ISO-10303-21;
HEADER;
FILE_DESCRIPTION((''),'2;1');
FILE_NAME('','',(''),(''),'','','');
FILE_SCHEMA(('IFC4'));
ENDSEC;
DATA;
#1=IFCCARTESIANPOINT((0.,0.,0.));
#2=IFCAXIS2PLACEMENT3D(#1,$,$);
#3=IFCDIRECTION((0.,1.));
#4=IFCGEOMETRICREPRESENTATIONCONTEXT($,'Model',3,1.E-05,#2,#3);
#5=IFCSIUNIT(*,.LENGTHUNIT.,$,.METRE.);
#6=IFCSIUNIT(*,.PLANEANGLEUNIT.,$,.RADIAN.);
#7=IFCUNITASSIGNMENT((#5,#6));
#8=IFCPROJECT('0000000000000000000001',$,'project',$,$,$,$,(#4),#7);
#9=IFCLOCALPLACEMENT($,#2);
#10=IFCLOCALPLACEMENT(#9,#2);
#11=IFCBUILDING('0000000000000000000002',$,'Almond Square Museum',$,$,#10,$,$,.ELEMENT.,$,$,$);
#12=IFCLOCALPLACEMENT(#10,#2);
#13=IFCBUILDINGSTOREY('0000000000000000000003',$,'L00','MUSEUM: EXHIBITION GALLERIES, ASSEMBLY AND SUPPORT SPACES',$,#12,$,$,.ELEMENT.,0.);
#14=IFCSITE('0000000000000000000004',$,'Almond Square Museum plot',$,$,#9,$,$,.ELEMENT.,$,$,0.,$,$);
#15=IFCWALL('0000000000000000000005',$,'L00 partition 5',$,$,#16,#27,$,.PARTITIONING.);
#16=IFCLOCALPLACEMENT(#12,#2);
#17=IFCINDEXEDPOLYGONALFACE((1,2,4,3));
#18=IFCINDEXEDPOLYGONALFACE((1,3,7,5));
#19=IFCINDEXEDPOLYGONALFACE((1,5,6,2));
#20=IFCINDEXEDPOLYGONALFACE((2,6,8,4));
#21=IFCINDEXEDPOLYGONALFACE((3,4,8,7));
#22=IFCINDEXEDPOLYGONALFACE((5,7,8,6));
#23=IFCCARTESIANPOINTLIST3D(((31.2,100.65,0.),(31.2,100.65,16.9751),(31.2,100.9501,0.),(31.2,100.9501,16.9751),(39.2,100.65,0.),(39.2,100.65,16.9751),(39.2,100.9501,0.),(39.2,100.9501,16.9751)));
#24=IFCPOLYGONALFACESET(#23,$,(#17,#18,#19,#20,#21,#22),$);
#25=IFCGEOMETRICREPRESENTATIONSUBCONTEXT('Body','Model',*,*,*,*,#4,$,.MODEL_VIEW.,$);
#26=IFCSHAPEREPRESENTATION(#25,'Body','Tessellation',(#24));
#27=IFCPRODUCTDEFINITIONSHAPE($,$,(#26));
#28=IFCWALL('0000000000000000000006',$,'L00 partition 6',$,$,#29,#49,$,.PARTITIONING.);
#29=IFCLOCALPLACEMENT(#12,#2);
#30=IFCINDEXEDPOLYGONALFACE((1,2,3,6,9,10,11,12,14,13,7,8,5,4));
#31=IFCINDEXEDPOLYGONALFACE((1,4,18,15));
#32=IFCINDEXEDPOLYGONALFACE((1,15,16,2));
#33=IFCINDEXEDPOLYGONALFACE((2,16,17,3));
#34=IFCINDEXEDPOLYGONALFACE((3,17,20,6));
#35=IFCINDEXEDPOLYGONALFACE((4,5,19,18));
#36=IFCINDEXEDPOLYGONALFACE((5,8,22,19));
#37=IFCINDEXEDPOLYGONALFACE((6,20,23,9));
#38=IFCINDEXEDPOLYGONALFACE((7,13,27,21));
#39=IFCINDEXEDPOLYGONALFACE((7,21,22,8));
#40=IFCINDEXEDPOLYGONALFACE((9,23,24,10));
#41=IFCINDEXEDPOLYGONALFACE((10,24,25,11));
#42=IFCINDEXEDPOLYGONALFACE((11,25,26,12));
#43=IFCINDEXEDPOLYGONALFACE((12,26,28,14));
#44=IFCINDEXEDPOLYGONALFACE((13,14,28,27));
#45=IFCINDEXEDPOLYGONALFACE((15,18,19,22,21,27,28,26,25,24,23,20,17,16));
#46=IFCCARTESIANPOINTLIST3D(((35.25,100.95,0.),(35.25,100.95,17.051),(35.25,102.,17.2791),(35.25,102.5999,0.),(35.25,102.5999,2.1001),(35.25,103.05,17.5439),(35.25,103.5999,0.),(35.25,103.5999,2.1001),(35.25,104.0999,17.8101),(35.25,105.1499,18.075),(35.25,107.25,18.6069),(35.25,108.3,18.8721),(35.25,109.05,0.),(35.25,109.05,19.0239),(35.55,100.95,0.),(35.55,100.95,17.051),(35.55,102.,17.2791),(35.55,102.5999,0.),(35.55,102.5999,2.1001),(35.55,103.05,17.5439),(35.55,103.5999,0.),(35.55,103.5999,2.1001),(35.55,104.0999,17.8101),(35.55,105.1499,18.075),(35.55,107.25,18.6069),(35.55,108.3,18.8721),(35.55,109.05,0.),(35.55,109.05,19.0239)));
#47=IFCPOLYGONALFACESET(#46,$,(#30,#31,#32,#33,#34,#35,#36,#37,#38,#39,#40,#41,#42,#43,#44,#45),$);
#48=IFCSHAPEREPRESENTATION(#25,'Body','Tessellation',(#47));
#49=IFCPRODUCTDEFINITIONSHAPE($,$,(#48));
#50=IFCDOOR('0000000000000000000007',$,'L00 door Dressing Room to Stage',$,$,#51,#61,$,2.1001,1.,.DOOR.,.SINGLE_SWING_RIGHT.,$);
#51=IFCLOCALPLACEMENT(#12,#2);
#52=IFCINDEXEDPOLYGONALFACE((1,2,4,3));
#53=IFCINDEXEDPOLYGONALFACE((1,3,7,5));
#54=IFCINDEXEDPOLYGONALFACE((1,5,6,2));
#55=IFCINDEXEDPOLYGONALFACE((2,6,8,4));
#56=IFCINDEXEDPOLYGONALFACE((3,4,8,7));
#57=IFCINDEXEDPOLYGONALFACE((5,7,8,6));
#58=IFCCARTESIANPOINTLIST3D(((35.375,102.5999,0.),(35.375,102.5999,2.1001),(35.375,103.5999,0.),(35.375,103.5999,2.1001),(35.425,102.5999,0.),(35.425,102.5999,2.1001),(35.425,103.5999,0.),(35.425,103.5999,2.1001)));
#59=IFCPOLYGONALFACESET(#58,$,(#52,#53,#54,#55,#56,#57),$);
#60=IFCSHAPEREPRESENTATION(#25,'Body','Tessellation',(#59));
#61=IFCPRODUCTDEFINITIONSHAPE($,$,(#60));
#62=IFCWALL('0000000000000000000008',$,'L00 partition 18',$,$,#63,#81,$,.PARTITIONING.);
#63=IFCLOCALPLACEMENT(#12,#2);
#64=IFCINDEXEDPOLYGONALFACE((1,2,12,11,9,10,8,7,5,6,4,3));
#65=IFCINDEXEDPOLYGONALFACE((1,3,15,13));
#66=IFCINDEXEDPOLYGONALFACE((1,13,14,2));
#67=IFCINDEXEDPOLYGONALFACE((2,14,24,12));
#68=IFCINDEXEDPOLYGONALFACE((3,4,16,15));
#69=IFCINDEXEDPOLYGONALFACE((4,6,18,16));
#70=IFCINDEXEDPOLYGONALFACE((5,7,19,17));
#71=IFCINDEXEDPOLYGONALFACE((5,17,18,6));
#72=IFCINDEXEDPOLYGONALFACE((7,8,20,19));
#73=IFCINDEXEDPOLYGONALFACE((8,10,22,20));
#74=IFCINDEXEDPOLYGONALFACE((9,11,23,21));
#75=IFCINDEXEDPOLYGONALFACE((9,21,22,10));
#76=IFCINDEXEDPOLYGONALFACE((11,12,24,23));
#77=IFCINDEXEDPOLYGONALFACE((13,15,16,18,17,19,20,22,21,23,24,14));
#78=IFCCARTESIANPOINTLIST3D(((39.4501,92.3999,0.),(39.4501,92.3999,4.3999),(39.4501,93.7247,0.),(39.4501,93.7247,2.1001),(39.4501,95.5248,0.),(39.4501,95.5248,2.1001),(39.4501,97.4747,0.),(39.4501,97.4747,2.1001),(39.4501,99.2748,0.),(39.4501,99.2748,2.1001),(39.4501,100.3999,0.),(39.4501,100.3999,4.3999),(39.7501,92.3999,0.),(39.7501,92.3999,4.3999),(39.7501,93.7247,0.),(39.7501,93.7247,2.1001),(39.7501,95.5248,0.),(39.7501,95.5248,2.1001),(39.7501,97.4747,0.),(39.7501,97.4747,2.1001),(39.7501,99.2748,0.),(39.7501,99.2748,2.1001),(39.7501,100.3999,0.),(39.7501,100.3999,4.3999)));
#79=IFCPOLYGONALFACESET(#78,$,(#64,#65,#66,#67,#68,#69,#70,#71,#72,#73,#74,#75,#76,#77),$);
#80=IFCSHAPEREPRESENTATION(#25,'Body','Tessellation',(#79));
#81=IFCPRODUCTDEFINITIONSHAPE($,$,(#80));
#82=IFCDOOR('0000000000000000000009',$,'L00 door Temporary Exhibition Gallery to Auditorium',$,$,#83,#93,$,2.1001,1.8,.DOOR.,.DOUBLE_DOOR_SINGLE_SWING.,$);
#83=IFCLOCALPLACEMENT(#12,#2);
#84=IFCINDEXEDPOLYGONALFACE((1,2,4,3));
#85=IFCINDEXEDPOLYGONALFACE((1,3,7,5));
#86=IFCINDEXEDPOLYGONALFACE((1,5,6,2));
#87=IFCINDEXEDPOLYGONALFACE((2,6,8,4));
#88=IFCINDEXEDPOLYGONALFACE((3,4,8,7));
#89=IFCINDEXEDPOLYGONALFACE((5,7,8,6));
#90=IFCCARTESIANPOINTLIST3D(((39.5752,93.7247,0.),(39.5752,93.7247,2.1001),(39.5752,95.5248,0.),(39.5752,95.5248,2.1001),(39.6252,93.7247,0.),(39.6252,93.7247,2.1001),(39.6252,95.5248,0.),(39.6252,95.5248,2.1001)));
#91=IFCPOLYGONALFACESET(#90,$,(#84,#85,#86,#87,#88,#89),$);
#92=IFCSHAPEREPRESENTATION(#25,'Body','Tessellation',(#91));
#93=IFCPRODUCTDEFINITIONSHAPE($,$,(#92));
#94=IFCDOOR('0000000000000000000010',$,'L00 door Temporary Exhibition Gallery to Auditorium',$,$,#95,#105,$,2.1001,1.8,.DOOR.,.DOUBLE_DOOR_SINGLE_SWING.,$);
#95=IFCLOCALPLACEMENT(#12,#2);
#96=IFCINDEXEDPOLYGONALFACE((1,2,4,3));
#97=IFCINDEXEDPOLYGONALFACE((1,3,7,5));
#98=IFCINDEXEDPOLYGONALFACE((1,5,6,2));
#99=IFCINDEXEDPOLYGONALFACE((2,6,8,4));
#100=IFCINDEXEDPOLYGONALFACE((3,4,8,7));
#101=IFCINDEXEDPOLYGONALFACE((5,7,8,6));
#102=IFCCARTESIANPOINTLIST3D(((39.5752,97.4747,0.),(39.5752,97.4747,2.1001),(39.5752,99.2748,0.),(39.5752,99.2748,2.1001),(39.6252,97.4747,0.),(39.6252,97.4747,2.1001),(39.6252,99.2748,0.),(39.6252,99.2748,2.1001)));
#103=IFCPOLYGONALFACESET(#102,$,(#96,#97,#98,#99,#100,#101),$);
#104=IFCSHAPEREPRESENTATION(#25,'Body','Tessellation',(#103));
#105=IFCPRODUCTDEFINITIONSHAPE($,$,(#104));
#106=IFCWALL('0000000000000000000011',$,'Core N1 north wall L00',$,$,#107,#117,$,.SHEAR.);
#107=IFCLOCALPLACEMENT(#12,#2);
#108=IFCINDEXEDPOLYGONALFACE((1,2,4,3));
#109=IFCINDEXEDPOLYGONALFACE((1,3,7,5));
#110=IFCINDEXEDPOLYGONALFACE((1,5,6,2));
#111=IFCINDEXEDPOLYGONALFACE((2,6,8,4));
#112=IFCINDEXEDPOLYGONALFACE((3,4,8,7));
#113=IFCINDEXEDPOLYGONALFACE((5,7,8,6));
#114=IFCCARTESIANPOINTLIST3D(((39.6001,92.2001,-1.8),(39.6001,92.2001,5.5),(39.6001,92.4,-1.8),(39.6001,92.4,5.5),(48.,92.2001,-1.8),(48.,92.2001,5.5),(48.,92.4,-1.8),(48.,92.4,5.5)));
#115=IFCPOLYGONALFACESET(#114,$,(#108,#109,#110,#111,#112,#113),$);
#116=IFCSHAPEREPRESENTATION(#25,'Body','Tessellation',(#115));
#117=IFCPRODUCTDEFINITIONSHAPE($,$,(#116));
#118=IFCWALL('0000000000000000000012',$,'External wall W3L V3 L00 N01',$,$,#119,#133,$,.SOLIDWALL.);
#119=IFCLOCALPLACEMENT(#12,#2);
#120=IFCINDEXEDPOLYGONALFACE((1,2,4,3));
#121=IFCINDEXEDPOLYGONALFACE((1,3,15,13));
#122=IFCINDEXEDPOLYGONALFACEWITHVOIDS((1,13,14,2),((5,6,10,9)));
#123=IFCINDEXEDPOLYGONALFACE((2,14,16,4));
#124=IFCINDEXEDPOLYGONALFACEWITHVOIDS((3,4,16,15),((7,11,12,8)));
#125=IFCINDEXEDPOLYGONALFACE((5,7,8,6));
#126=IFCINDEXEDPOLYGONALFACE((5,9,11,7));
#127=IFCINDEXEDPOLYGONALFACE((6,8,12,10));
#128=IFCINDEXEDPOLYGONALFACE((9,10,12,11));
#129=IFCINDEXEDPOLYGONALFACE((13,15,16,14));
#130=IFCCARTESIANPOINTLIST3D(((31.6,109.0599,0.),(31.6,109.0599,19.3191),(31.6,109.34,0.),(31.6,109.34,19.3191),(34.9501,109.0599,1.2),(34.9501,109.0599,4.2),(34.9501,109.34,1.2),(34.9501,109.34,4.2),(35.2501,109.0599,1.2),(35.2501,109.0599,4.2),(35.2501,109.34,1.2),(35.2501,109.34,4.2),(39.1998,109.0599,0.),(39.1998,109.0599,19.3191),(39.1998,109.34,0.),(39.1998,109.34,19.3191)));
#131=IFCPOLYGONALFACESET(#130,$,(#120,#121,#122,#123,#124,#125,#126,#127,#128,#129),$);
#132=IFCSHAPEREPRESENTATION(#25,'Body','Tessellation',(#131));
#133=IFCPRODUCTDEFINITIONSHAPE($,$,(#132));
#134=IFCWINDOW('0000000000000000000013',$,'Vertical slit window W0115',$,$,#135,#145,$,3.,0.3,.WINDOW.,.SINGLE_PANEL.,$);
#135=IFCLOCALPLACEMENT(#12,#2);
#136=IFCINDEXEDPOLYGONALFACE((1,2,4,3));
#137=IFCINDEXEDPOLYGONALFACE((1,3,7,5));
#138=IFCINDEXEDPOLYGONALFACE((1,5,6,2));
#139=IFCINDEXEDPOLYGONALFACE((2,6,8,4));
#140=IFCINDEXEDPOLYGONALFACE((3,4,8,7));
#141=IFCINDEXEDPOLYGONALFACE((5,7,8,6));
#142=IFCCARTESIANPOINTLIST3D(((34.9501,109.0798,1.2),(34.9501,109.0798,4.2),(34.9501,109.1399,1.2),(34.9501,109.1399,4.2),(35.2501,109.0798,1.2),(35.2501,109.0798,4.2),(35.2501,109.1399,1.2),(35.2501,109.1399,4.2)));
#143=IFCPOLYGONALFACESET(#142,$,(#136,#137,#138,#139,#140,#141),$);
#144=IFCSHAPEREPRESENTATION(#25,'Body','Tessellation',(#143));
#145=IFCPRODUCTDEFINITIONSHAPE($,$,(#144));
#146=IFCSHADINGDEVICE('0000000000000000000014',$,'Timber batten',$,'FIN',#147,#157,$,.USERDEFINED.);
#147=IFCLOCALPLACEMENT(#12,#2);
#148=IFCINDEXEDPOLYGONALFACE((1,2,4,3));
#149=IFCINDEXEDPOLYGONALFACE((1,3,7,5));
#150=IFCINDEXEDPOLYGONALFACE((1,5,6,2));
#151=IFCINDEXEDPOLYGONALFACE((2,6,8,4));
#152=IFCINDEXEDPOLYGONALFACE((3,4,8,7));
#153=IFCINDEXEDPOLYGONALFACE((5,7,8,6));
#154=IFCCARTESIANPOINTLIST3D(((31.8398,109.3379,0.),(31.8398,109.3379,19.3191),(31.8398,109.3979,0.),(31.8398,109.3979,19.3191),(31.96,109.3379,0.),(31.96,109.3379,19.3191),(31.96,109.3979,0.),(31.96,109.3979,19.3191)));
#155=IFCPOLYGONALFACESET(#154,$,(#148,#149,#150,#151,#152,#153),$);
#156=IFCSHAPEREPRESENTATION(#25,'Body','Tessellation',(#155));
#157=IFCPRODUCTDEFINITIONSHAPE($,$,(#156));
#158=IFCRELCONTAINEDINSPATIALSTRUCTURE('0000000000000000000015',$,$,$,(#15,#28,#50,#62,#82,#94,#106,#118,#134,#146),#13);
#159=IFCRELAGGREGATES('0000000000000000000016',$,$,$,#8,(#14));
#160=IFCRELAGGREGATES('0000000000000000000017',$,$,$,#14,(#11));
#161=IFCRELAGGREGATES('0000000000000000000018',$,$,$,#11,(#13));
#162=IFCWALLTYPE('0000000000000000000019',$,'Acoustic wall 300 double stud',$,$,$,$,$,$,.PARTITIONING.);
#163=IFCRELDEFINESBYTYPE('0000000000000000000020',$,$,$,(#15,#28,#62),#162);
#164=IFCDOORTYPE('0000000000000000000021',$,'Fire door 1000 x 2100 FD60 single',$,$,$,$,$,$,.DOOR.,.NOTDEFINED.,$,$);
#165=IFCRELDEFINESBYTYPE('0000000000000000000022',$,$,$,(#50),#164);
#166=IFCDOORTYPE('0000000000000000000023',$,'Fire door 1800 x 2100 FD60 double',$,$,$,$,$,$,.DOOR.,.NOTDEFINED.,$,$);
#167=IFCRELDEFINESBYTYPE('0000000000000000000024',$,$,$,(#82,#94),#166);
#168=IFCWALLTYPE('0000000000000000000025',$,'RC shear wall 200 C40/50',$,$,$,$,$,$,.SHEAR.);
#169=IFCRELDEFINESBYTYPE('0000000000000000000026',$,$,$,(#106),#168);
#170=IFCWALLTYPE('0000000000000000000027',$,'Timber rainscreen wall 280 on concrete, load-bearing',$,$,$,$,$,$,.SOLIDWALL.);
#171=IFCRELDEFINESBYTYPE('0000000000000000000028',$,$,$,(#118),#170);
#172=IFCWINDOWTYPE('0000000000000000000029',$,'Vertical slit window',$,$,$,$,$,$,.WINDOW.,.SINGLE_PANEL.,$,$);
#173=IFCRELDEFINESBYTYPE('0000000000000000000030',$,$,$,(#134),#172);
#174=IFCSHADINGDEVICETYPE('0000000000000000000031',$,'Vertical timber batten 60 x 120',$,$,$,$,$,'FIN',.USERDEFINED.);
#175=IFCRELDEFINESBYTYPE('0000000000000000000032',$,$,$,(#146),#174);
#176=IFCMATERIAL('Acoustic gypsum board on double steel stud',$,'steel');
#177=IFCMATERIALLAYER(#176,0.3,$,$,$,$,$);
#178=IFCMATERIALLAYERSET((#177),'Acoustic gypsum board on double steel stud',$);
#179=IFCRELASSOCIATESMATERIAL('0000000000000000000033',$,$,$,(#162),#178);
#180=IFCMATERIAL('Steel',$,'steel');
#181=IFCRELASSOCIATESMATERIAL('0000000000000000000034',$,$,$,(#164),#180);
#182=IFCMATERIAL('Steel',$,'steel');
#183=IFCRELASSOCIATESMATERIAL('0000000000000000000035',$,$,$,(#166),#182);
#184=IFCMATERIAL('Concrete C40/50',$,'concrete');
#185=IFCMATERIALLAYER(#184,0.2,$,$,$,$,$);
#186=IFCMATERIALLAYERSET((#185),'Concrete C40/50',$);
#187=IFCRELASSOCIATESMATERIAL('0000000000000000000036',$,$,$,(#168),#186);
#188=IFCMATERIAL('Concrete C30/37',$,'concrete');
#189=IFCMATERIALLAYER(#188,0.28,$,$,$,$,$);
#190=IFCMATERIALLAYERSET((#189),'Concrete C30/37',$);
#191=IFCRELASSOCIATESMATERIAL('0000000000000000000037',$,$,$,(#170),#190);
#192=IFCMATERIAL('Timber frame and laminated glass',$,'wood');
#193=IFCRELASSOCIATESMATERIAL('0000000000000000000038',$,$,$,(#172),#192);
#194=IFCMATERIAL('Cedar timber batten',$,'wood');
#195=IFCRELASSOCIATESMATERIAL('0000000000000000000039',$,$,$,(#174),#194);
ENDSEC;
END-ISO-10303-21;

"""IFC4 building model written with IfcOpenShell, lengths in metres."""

from ifc_helpers import new_model, si_unit, direction, frame, frame_2d, origin, origin_2d, place, context, subcontext, project, spatial, polyline, rectangle, outline, extrude, material, layer, layer_set, material_profile, profile_set, type_object, element, fill, save


model = new_model("IFC4")

# Units and contexts
model_context = context("Model", 3, precision=1e-05, world=origin(), true_north=direction((0.0, 1.0)))
body_context = subcontext(model_context, "Body", "Model", "MODEL_VIEW")
ifc_project = project(units=[si_unit("LENGTHUNIT", "METRE"), si_unit("PLANEANGLEUNIT", "RADIAN")], contexts=[model_context])

# Site, building, storey
site_placement = place(None, origin())
site = spatial("IfcSite", under=ifc_project, at=site_placement, Name="Almond Square Museum plot", CompositionType="ELEMENT", RefElevation=0.0)
building_placement = place(site_placement, origin())
building = spatial("IfcBuilding", under=site, at=building_placement, Name="Almond Square Museum", CompositionType="ELEMENT")
storey_placement = place(building_placement, origin())
storey = spatial("IfcBuildingStorey", under=building, at=storey_placement, Name="L00", Description="MUSEUM: EXHIBITION GALLERIES, ASSEMBLY AND SUPPORT SPACES", CompositionType="ELEMENT", Elevation=0.0)

# Wall
ifc_material_1 = material(Name="Acoustic gypsum board on double steel stud", Category="steel")
ifc_layer_1 = layer(ifc_material_1, 0.3)
ifc_layer_set_1 = layer_set([ifc_layer_1], Name="Acoustic gypsum board on double steel stud")
wall_type_1 = type_object("IfcWallType", Name="Acoustic wall 300 double stud", PredefinedType="PARTITIONING", material=ifc_layer_set_1)
wall_1_placement = place(storey_placement, frame((31.2, 100.8, 0.0), z_axis=(0.0, 0.0, 1.0), x_axis=(1.0, 0.0, 0.0)))
element("IfcWall", 1, at=wall_1_placement, inside=storey, type_object=wall_type_1, Name="L00 partition 5", PredefinedType="PARTITIONING", context=body_context, shape_type="SweptSolid", body=[
    extrude(rectangle(XDim=8.0, YDim=0.3, at=frame_2d((4.0, 0.0))), origin(), (0.0, 0.0, 1.0), 16.9751),
])

# Wall, opening, door
wall_2_placement = place(storey_placement, frame((35.3999, 100.95, 0.0), z_axis=(0.0, 0.0, 1.0), x_axis=(0.0, 1.0, 0.0)))
wall_2 = element("IfcWall", 2, at=wall_2_placement, inside=storey, type_object=wall_type_1, Name="L00 partition 6", PredefinedType="PARTITIONING", context=body_context, shape_type="SweptSolid", body=[
    extrude(outline(polyline([(0.0, 0.0), (8.1001, 0.0), (8.1001, 19.0239), (7.3501, 18.8721), (6.3, 18.6069), (4.2, 18.075), (3.1499, 17.8101), (2.1001, 17.5439), (1.05, 17.2791), (0.0, 17.051), (0.0, 0.0)])), frame((0.0, 0.1499, 0.0), z_axis=(0.0, -1.0, 0.0), x_axis=(1.0, 0.0, 0.0)), (0.0, 0.0, 1.0), 0.3),
])
opening_1_placement = place(wall_2_placement, frame((1.6499, 0.0, 0.0)))
opening_1 = element("IfcOpeningElement", 3, at=opening_1_placement, cuts=wall_2, PredefinedType="OPENING", context=body_context, shape_type="SweptSolid", body=[
    extrude(rectangle(XDim=1.0, YDim=2.1001, at=frame_2d((0.5, 1.05))), frame((0.0, 0.1599, 0.0), z_axis=(0.0, -1.0, 0.0), x_axis=(1.0, 0.0, 0.0)), (0.0, 0.0, 1.0), 0.3201),
])
ifc_material_2 = material(Name="Steel", Category="steel")
door_type_1 = type_object("IfcDoorType", Name="Fire door 1000 x 2100 FD60 single", OperationType="NOTDEFINED", PredefinedType="DOOR", material=ifc_material_2)
door_1_placement = place(opening_1_placement, origin())
door_1 = element("IfcDoor", 4, at=door_1_placement, inside=storey, type_object=door_type_1, Name="L00 door Dressing Room to Stage", OperationType="SINGLE_SWING_RIGHT", OverallHeight=2.1001, OverallWidth=1.0, PredefinedType="DOOR", context=body_context, shape_type="SweptSolid", body=[
    extrude(rectangle(XDim=1.0, YDim=2.1001, at=frame_2d((0.5, 1.05))), frame((0.0, 0.0249, 0.0), z_axis=(0.0, -1.0, 0.0), x_axis=(1.0, 0.0, 0.0)), (0.0, 0.0, 1.0), 0.05),
])
fill(opening_1, door_1)

# Wall, openings, doors
wall_3_placement = place(storey_placement, frame((39.6001, 92.3999, 0.0), z_axis=(0.0, 0.0, 1.0), x_axis=(0.0, 1.0, 0.0)))
wall_3 = element("IfcWall", 5, at=wall_3_placement, inside=storey, type_object=wall_type_1, Name="L00 partition 18", PredefinedType="PARTITIONING", context=body_context, shape_type="SweptSolid", body=[
    extrude(rectangle(XDim=8.0, YDim=0.3, at=frame_2d((4.0, 0.0))), origin(), (0.0, 0.0, 1.0), 4.3999),
])
opening_2_placement = place(wall_3_placement, frame((1.325, 0.0, 0.0)))
opening_2 = element("IfcOpeningElement", 6, at=opening_2_placement, cuts=wall_3, PredefinedType="OPENING", context=body_context, shape_type="SweptSolid", body=[
    extrude(rectangle(XDim=1.8, YDim=2.1001, at=frame_2d((0.8999, 1.05))), frame((0.0, 0.1599, 0.0), z_axis=(0.0, -1.0, 0.0), x_axis=(1.0, 0.0, 0.0)), (0.0, 0.0, 1.0), 0.3201),
])
opening_3_placement = place(wall_3_placement, frame((5.075, 0.0, 0.0)))
opening_3 = element("IfcOpeningElement", 7, at=opening_3_placement, cuts=wall_3, PredefinedType="OPENING", context=body_context, shape_type="SweptSolid", body=[
    extrude(rectangle(XDim=1.8, YDim=2.1001, at=frame_2d((0.8999, 1.05))), frame((0.0, 0.1599, 0.0), z_axis=(0.0, -1.0, 0.0), x_axis=(1.0, 0.0, 0.0)), (0.0, 0.0, 1.0), 0.3201),
])
ifc_material_3 = material(Name="Steel", Category="steel")
door_type_2 = type_object("IfcDoorType", Name="Fire door 1800 x 2100 FD60 double", OperationType="NOTDEFINED", PredefinedType="DOOR", material=ifc_material_3)
door_2_placement = place(opening_2_placement, origin())
door_2 = element("IfcDoor", 8, at=door_2_placement, inside=storey, type_object=door_type_2, Name="L00 door Temporary Exhibition Gallery to Auditorium", OperationType="DOUBLE_DOOR_SINGLE_SWING", OverallHeight=2.1001, OverallWidth=1.8, PredefinedType="DOOR", context=body_context, shape_type="SweptSolid", body=[
    extrude(rectangle(XDim=1.8, YDim=2.1001, at=frame_2d((0.8999, 1.05))), frame((0.0, 0.0249, 0.0), z_axis=(0.0, -1.0, 0.0), x_axis=(1.0, 0.0, 0.0)), (0.0, 0.0, 1.0), 0.05),
])
fill(opening_2, door_2)
door_3_placement = place(opening_3_placement, origin())
door_3 = element("IfcDoor", 9, at=door_3_placement, inside=storey, type_object=door_type_2, Name="L00 door Temporary Exhibition Gallery to Auditorium", OperationType="DOUBLE_DOOR_SINGLE_SWING", OverallHeight=2.1001, OverallWidth=1.8, PredefinedType="DOOR", context=body_context, shape_type="SweptSolid", body=[
    extrude(rectangle(XDim=1.8, YDim=2.1001, at=frame_2d((0.8999, 1.05))), frame((0.0, 0.0249, 0.0), z_axis=(0.0, -1.0, 0.0), x_axis=(1.0, 0.0, 0.0)), (0.0, 0.0, 1.0), 0.05),
])
fill(opening_3, door_3)

# Wall
ifc_material_4 = material(Name="Concrete C40/50", Category="concrete")
ifc_layer_2 = layer(ifc_material_4, 0.2)
ifc_layer_set_2 = layer_set([ifc_layer_2], Name="Concrete C40/50")
wall_type_2 = type_object("IfcWallType", Name="RC shear wall 200 C40/50", PredefinedType="SHEAR", material=ifc_layer_set_2)
wall_4_placement = place(storey_placement, frame((39.6001, 92.3, -1.8), z_axis=(0.0, 0.0, 1.0), x_axis=(1.0, 0.0, 0.0)))
element("IfcWall", 10, at=wall_4_placement, inside=storey, type_object=wall_type_2, Name="Core N1 north wall L00", PredefinedType="SHEAR", context=body_context, shape_type="SweptSolid", body=[
    extrude(rectangle(XDim=8.3999, YDim=0.2, at=frame_2d((4.2, 0.0))), origin(), (0.0, 0.0, 1.0), 7.3),
])

# Wall, opening, window
ifc_material_5 = material(Name="Concrete C30/37", Category="concrete")
ifc_layer_3 = layer(ifc_material_5, 0.28)
ifc_layer_set_3 = layer_set([ifc_layer_3], Name="Concrete C30/37")
wall_type_3 = type_object("IfcWallType", Name="Timber rainscreen wall 280 on concrete, load-bearing", PredefinedType="SOLIDWALL", material=ifc_layer_set_3)
wall_5_placement = place(storey_placement, frame((31.6001, 109.2, 0.0), z_axis=(0.0, 0.0, 1.0), x_axis=(1.0, 0.0, 0.0)))
wall_5 = element("IfcWall", 11, at=wall_5_placement, inside=storey, type_object=wall_type_3, Name="External wall W3L V3 L00 N01", PredefinedType="SOLIDWALL", context=body_context, shape_type="SweptSolid", body=[
    extrude(rectangle(XDim=7.5999, YDim=0.28, at=frame_2d((3.7998, 0.0))), origin(), (0.0, 0.0, 1.0), 19.3191),
])
opening_4_placement = place(wall_5_placement, frame((3.3501, 0.0, 1.2)))
opening_4 = element("IfcOpeningElement", 12, at=opening_4_placement, cuts=wall_5, PredefinedType="OPENING", context=body_context, shape_type="SweptSolid", body=[
    extrude(rectangle(XDim=0.3, YDim=3.0, at=frame_2d((0.1499, 1.5))), frame((0.0, 0.1499, 0.0), z_axis=(0.0, -1.0, 0.0), x_axis=(1.0, 0.0, 0.0)), (0.0, 0.0, 1.0), 0.3),
])
ifc_material_6 = material(Name="Timber frame and laminated glass", Category="wood")
window_type = type_object("IfcWindowType", Name="Vertical slit window", PartitioningType="SINGLE_PANEL", PredefinedType="WINDOW", material=ifc_material_6)
window_placement = place(opening_4_placement, origin())
window = element("IfcWindow", 13, at=window_placement, inside=storey, type_object=window_type, Name="Vertical slit window W0115", OverallHeight=3.0, OverallWidth=0.3, PartitioningType="SINGLE_PANEL", PredefinedType="WINDOW", context=body_context, shape_type="SweptSolid", body=[
    extrude(rectangle(XDim=0.3, YDim=3.0, at=frame_2d((0.1499, 1.5))), frame((0.0, -0.0601, 0.0), z_axis=(0.0, -1.0, 0.0), x_axis=(1.0, 0.0, 0.0)), (0.0, 0.0, 1.0), 0.0601),
])
fill(opening_4, window)

# Shading device
ifc_material_7 = material(Name="Cedar timber batten", Category="wood")
ifc_material_profile_1 = material_profile(ifc_material_7, rectangle(XDim=0.0601, YDim=0.1201, at=origin_2d()))
ifc_profile_set_1 = profile_set([ifc_material_profile_1], Name="Cedar timber batten")
shading_device_type = type_object("IfcShadingDeviceType", Name="Vertical timber batten 60 x 120", ElementType="FIN", PredefinedType="USERDEFINED", material=ifc_profile_set_1)
for number, where, z_axis, x_axis, name in (
    (14, (31.8999, 109.3679, 0.0), (0.0, 0.0, 1.0), (0.0, 1.0, 0.0), "Timber batten"),
):
    element("IfcShadingDevice", number, at=place(storey_placement, frame(where, z_axis=z_axis, x_axis=x_axis)), inside=storey, type_object=shading_device_type, Name=name, ObjectType="FIN", PredefinedType="USERDEFINED", context=body_context, shape_type="SweptSolid", body=[
        extrude(rectangle(XDim=0.0601, YDim=0.1201, at=origin_2d()), origin(), (0.0, 0.0, 1.0), 19.3191),
    ])

save(model, "model.ifc")
